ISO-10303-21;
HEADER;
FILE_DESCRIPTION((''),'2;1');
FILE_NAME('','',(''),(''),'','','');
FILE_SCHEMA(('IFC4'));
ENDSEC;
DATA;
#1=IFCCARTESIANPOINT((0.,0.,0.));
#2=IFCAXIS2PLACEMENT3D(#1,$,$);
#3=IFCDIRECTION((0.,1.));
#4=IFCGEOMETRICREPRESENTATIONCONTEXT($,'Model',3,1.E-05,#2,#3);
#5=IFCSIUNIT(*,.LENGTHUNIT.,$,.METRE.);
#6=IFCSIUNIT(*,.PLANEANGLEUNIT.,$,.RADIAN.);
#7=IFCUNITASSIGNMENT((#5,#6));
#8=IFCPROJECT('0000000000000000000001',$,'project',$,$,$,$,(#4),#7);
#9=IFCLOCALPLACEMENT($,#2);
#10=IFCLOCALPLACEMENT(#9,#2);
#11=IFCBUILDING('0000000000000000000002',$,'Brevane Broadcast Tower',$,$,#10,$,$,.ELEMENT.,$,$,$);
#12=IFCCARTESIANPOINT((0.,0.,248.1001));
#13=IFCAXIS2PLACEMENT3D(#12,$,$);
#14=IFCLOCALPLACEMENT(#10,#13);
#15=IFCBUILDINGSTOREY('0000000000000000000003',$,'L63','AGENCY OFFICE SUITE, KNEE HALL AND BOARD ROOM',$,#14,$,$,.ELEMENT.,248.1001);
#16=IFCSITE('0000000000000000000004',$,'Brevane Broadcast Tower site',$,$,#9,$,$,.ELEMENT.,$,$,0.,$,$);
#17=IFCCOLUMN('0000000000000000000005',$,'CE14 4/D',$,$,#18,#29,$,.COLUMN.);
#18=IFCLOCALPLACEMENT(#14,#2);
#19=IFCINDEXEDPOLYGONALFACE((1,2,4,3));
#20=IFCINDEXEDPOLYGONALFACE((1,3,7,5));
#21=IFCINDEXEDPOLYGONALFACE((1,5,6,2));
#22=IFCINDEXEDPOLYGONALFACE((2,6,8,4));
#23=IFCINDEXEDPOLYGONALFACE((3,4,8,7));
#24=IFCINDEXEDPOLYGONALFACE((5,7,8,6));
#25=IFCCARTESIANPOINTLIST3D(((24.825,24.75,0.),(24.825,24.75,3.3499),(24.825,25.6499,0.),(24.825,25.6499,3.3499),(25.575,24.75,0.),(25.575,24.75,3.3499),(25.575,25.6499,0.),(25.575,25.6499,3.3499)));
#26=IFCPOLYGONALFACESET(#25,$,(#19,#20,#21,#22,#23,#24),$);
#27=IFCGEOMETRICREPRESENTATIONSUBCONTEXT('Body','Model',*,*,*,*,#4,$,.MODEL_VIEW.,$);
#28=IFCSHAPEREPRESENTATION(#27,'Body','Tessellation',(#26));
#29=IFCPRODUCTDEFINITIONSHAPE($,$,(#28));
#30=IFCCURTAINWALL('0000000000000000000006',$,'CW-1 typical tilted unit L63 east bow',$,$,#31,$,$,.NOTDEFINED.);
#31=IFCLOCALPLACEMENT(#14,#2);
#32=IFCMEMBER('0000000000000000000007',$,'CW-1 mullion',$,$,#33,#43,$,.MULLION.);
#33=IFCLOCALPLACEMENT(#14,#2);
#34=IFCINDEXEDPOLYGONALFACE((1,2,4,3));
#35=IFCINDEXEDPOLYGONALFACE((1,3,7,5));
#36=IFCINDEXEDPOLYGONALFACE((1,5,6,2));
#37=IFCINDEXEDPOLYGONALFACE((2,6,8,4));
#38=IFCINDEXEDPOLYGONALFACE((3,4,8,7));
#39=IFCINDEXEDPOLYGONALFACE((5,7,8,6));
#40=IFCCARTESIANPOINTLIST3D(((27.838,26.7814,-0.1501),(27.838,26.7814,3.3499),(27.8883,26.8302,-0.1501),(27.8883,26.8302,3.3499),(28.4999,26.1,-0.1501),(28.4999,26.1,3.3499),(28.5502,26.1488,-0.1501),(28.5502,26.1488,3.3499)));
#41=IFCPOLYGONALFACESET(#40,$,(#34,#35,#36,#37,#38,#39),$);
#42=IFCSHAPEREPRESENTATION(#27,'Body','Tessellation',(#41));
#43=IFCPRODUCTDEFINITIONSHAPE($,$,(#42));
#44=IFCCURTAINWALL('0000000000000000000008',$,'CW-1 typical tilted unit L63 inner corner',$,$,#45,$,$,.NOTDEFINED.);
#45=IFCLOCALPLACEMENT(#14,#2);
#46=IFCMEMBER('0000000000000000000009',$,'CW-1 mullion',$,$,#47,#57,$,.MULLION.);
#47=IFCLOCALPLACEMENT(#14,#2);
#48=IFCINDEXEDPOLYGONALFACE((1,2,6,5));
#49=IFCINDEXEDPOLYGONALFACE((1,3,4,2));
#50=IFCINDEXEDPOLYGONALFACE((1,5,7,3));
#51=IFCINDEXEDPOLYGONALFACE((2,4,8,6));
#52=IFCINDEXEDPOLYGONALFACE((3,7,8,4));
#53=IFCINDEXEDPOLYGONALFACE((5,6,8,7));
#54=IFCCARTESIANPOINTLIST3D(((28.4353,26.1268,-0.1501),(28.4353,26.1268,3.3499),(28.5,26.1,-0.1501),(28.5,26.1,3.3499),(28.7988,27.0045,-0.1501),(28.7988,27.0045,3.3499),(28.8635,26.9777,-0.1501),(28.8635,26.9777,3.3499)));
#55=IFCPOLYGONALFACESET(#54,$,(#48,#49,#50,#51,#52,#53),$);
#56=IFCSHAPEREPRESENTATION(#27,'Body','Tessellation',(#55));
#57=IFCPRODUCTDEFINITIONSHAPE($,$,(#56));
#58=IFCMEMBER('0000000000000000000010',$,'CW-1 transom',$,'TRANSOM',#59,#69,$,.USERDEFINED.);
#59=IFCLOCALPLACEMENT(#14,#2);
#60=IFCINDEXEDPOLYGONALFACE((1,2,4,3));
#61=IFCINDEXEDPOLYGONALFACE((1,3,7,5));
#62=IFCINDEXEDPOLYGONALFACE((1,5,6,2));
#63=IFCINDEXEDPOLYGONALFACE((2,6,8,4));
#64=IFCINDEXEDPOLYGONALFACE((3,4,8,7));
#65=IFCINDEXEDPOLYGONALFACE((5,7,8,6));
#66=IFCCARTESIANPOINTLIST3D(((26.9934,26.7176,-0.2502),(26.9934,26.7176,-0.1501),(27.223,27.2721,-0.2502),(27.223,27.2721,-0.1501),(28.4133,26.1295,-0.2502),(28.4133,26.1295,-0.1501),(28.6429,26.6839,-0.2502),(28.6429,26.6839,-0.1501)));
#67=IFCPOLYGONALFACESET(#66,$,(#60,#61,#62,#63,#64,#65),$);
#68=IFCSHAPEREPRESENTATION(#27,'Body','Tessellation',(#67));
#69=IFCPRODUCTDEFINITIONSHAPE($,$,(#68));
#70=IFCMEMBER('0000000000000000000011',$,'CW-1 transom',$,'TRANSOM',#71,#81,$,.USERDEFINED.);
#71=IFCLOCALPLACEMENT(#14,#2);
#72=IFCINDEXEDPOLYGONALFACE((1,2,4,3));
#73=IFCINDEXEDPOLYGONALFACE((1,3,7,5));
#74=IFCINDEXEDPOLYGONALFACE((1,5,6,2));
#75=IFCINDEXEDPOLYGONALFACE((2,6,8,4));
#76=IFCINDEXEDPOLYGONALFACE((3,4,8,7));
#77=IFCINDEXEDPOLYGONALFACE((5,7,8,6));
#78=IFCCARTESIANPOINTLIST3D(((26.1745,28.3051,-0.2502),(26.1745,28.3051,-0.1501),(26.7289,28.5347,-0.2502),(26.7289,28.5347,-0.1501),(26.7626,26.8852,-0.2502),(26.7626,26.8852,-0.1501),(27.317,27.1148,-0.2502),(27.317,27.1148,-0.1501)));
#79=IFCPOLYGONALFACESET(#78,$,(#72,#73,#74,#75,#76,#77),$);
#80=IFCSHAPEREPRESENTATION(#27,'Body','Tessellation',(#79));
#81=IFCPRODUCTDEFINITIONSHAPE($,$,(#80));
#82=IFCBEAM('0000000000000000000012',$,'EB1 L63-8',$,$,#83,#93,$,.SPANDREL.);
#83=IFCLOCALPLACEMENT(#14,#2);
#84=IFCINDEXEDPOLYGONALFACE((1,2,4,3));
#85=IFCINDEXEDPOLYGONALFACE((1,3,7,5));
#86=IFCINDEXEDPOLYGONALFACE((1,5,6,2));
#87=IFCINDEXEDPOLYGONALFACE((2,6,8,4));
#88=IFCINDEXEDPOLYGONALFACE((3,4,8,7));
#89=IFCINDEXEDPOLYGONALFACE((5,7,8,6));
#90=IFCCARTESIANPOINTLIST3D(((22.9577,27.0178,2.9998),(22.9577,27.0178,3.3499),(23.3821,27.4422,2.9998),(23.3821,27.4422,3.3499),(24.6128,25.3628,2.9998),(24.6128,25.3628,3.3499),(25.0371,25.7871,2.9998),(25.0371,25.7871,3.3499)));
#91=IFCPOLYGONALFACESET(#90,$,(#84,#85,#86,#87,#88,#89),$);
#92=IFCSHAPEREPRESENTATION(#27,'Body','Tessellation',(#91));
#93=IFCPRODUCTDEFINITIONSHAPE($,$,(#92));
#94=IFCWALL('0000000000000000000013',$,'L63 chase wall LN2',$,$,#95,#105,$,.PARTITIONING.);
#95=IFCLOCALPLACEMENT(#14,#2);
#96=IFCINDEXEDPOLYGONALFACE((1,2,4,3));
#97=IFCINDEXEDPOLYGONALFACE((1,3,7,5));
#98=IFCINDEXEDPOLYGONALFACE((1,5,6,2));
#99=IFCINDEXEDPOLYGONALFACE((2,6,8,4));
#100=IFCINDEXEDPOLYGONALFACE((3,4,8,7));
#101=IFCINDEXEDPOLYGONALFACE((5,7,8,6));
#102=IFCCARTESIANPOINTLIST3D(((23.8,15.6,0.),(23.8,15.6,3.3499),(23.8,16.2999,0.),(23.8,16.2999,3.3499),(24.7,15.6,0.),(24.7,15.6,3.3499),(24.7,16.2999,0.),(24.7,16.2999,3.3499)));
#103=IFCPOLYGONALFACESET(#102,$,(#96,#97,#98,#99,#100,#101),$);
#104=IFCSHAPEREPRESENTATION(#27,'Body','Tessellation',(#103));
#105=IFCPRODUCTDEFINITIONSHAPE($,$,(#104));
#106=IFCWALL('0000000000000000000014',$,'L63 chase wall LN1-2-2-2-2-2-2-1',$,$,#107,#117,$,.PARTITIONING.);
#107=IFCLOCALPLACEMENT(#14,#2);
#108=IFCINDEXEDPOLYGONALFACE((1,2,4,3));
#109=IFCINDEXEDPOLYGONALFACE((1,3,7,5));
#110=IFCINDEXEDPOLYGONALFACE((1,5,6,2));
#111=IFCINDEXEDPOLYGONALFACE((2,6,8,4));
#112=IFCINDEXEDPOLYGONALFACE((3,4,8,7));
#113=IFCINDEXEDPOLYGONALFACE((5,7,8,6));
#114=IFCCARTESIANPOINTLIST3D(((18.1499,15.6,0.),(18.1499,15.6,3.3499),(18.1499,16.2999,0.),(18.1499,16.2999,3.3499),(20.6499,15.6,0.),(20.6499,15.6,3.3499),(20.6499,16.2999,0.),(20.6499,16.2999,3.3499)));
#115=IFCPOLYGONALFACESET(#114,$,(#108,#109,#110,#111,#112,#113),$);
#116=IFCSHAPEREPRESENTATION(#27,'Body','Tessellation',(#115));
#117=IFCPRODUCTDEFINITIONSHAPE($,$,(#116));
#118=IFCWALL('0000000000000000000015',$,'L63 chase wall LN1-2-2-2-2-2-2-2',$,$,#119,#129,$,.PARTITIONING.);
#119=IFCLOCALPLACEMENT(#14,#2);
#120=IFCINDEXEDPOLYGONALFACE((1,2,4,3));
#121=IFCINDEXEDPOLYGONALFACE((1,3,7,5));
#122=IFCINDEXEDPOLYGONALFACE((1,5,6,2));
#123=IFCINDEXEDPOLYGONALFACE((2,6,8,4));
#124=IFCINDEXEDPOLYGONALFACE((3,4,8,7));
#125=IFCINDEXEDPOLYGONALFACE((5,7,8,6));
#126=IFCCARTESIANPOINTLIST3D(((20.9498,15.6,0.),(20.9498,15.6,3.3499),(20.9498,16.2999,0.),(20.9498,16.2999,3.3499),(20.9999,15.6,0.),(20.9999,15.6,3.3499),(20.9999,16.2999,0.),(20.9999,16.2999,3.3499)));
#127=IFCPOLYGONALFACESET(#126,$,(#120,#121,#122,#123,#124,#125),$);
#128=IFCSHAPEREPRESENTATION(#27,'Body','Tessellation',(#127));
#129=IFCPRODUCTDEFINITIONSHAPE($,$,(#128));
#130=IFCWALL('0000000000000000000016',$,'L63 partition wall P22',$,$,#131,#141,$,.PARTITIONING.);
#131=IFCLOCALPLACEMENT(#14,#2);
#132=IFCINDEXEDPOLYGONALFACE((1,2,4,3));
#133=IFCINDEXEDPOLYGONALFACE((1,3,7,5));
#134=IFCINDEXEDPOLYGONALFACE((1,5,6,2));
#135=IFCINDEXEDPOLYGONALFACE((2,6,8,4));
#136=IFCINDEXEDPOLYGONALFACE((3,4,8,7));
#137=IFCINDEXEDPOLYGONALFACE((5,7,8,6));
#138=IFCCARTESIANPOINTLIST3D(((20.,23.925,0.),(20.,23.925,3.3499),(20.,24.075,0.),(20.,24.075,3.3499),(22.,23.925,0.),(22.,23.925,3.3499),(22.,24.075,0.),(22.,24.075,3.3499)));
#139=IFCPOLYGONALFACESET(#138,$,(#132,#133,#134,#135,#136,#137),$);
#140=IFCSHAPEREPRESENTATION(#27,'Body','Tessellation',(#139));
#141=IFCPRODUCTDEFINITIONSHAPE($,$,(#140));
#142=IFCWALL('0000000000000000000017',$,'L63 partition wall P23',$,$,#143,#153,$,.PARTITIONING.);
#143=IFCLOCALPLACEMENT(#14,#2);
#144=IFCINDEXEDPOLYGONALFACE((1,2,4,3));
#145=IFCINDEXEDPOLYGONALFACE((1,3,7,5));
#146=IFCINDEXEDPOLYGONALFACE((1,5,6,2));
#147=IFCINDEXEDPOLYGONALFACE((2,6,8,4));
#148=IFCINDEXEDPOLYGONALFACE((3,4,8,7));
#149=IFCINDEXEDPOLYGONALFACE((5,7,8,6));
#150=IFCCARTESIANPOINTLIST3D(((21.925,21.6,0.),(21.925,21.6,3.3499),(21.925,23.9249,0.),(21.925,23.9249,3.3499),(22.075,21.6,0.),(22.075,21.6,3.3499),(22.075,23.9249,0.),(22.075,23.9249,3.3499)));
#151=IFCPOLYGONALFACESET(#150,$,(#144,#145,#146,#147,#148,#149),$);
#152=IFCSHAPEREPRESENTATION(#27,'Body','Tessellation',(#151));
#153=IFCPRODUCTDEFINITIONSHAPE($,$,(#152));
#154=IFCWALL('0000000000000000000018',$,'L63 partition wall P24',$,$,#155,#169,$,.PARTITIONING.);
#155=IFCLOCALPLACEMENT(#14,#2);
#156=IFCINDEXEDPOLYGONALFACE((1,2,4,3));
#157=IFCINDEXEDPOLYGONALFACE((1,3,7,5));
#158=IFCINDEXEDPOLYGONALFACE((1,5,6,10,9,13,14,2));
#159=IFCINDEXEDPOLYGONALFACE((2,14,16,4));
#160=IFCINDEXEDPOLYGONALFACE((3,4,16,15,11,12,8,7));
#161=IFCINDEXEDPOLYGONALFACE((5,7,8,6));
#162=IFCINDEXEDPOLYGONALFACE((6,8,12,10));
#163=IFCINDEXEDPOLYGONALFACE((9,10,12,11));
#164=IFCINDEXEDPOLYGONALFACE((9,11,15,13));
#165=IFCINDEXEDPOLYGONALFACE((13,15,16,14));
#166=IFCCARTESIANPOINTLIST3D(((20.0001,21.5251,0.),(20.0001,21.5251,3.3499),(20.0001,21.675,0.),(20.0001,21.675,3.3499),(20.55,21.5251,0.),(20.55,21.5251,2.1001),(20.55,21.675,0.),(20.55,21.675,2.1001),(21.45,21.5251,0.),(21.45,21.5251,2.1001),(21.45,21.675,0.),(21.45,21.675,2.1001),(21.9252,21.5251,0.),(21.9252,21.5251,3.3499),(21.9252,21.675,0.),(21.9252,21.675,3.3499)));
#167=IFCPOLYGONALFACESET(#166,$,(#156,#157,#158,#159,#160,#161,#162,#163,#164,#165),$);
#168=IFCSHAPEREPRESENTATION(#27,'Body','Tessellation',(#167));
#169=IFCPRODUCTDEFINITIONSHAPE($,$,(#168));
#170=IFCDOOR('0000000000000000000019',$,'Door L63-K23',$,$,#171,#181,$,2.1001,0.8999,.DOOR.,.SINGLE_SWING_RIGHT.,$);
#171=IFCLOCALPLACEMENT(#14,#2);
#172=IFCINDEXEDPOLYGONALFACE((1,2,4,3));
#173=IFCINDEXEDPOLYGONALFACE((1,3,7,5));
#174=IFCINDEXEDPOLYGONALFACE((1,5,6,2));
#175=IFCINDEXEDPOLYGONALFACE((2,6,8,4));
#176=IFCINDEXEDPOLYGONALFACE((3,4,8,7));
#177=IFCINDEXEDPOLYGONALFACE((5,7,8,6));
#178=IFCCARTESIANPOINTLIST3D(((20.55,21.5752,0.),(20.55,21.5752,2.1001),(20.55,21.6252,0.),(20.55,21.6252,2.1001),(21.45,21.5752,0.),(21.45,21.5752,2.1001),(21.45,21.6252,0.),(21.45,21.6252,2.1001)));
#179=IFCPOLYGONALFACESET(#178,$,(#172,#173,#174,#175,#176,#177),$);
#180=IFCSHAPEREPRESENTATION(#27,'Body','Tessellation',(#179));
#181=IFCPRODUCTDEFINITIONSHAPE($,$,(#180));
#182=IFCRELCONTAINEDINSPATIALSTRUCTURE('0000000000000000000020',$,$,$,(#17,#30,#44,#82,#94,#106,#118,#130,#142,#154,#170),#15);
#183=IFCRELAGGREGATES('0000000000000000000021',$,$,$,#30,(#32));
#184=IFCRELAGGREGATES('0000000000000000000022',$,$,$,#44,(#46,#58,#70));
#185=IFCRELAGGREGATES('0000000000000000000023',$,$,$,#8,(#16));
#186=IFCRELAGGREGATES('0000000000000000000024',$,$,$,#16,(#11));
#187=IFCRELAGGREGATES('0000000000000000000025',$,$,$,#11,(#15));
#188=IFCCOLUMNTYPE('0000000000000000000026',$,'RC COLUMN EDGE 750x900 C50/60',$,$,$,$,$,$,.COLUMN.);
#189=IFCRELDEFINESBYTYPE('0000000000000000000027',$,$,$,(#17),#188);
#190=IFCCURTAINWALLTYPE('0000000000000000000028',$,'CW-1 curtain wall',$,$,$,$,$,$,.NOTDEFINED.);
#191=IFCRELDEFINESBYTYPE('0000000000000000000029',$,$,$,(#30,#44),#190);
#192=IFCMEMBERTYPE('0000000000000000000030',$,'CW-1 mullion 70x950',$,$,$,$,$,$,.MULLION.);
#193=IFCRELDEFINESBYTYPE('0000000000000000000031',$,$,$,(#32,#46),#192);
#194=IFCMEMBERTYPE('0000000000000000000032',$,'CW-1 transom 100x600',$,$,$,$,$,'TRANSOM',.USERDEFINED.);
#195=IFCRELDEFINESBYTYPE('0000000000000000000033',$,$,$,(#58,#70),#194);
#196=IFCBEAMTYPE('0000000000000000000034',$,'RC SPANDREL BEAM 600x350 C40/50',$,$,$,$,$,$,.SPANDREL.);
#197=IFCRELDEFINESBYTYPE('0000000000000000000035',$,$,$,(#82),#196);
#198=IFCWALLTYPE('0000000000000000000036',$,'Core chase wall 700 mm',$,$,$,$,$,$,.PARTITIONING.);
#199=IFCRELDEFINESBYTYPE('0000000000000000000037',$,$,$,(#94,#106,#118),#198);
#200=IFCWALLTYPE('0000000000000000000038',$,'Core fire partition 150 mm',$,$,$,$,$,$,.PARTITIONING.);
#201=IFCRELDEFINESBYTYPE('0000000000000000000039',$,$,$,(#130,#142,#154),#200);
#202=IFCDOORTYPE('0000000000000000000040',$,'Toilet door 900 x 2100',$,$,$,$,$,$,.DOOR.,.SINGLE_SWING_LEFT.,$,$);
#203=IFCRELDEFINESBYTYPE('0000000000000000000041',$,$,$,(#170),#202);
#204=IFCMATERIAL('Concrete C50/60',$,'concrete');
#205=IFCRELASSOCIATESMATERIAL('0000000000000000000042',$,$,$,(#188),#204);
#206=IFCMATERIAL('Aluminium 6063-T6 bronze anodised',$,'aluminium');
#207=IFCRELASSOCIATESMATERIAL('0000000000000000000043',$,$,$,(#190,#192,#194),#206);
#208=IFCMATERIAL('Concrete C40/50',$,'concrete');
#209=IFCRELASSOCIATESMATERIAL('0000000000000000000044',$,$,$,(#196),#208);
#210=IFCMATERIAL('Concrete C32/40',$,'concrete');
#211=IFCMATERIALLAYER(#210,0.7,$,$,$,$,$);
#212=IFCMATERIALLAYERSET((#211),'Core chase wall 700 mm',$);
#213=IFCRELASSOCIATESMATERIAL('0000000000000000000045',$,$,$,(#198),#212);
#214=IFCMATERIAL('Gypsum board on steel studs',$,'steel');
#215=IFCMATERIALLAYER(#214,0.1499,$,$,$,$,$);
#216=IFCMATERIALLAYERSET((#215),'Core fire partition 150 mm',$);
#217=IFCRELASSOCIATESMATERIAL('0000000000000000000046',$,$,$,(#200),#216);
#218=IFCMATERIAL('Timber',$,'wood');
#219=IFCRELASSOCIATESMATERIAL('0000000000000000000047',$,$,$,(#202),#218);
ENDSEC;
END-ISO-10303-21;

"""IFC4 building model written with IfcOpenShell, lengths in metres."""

from ifc_helpers import new_model, si_unit, direction, frame, frame_2d, origin, origin_2d, place, context, subcontext, project, spatial, rectangle, extrude, material, layer, layer_set, material_profile, profile_set, type_object, element, fill, aggregate, save


model = new_model("IFC4")

# Units and contexts
model_context = context("Model", 3, precision=1e-05, world=origin(), true_north=direction((0.0, 1.0)))
body_context = subcontext(model_context, "Body", "Model", "MODEL_VIEW")
ifc_project = project(units=[si_unit("LENGTHUNIT", "METRE"), si_unit("PLANEANGLEUNIT", "RADIAN")], contexts=[model_context])

# Site, building, storey
site_placement = place(None, origin())
site = spatial("IfcSite", under=ifc_project, at=site_placement, Name="Brevane Broadcast Tower site", CompositionType="ELEMENT", RefElevation=0.0)
building_placement = place(site_placement, origin())
building = spatial("IfcBuilding", under=site, at=building_placement, Name="Brevane Broadcast Tower", CompositionType="ELEMENT")
storey_placement = place(building_placement, frame((0.0, 0.0, 248.1001)))
storey = spatial("IfcBuildingStorey", under=building, at=storey_placement, Name="L63", Description="AGENCY OFFICE SUITE, KNEE HALL AND BOARD ROOM", CompositionType="ELEMENT", Elevation=248.1001)

# Column
ifc_material_1 = material(Name="Concrete C50/60", Category="concrete")
ifc_material_profile_1 = material_profile(ifc_material_1, rectangle(XDim=0.75, YDim=0.8999, at=origin_2d()), Name="RC 750x900")
ifc_profile_set_1 = profile_set([ifc_material_profile_1], Name="Concrete C50/60")
column_type = type_object("IfcColumnType", Name="RC COLUMN EDGE 750x900 C50/60", PredefinedType="COLUMN", material=ifc_profile_set_1)
column_placement = place(storey_placement, frame((25.2, 25.2, 0.0), z_axis=(0.0, 0.0, 1.0), x_axis=(1.0, 0.0, 0.0)))
element("IfcColumn", 1, at=column_placement, inside=storey, type_object=column_type, Name="CE14 4/D", PredefinedType="COLUMN", context=body_context, shape_type="SweptSolid", body=[
    extrude(rectangle(XDim=0.75, YDim=0.8999, at=origin_2d()), origin(), (0.0, 0.0, 1.0), 3.3499),
])

# Curtain wall, member
ifc_material_2 = material(Name="Aluminium 6063-T6 bronze anodised", Category="aluminium")
curtain_wall_type = type_object("IfcCurtainWallType", Name="CW-1 curtain wall", PredefinedType="NOTDEFINED", material=ifc_material_2)
curtain_wall_1_placement = place(storey_placement, origin())
curtain_wall_1 = element("IfcCurtainWall", 2, at=curtain_wall_1_placement, inside=storey, type_object=curtain_wall_type, Name="CW-1 typical tilted unit L63 east bow", PredefinedType="NOTDEFINED")
ifc_material_profile_2 = material_profile(ifc_material_2, rectangle(XDim=0.95, YDim=0.0701, at=origin_2d()), Name="RECT 70x950")
ifc_profile_set_2 = profile_set([ifc_material_profile_2], Name="Aluminium 6063-T6 bronze anodised")
member_type_1 = type_object("IfcMemberType", Name="CW-1 mullion 70x950", PredefinedType="MULLION", material=ifc_profile_set_2)
member_1_placement = place(storey_placement, frame((28.1941, 26.4651, -0.1501), z_axis=(0.0, 0.0, 1.0), x_axis=(0.696812, -0.717254, 0.0)))
member_1 = element("IfcMember", 3, at=member_1_placement, type_object=member_type_1, Name="CW-1 mullion", PredefinedType="MULLION", context=body_context, shape_type="SweptSolid", body=[
    extrude(rectangle(XDim=0.95, YDim=0.0701, at=origin_2d()), origin(), (0.0, 0.0, 1.0), 3.5),
])
aggregate(curtain_wall_1, [member_1])

# Curtain wall, members
curtain_wall_2_placement = place(storey_placement, origin())
curtain_wall_2 = element("IfcCurtainWall", 4, at=curtain_wall_2_placement, inside=storey, type_object=curtain_wall_type, Name="CW-1 typical tilted unit L63 inner corner", PredefinedType="NOTDEFINED")
member_2_placement = place(storey_placement, frame((28.6494, 26.5522, -0.1501), z_axis=(0.0, 0.0, 1.0), x_axis=(-0.382683, -0.92388, 0.0)))
member_2 = element("IfcMember", 5, at=member_2_placement, type_object=member_type_1, Name="CW-1 mullion", PredefinedType="MULLION", context=body_context, shape_type="SweptSolid", body=[
    extrude(rectangle(XDim=0.95, YDim=0.0701, at=origin_2d()), origin(), (0.0, 0.0, 1.0), 3.5),
])
ifc_material_profile_3 = material_profile(ifc_material_2, rectangle(XDim=0.6001, YDim=0.1001, at=origin_2d()), Name="RECT 100x600")
ifc_profile_set_3 = profile_set([ifc_material_profile_3], Name="Aluminium 6063-T6 bronze anodised")
member_type_2 = type_object("IfcMemberType", Name="CW-1 transom 100x600", ElementType="TRANSOM", PredefinedType="USERDEFINED", material=ifc_profile_set_3)
member_3_placement = place(storey_placement, frame((28.5281, 26.4067, -0.2002), z_axis=(-0.923883, 0.382674, 0.0), x_axis=(-0.382674, -0.923883, 0.0)))
member_3 = element("IfcMember", 6, at=member_3_placement, type_object=member_type_2, Name="CW-1 transom", ObjectType="TRANSOM", PredefinedType="USERDEFINED", context=body_context, shape_type="SweptSolid", body=[
    extrude(rectangle(XDim=0.6001, YDim=0.1001, at=origin_2d()), origin(), (0.0, 0.0, 1.0), 1.5369),
])
member_4_placement = place(storey_placement, frame((27.0398, 27.0, -0.2002), z_axis=(-0.382674, 0.923883, 0.0), x_axis=(-0.923883, -0.382674, 0.0)))
member_4 = element("IfcMember", 7, at=member_4_placement, type_object=member_type_2, Name="CW-1 transom", ObjectType="TRANSOM", PredefinedType="USERDEFINED", context=body_context, shape_type="SweptSolid", body=[
    extrude(rectangle(XDim=0.6001, YDim=0.1001, at=origin_2d()), origin(), (0.0, 0.0, 1.0), 1.5369),
])
aggregate(curtain_wall_2, [member_2, member_3, member_4])

# Beam
ifc_material_3 = material(Name="Concrete C40/50", Category="concrete")
ifc_material_profile_4 = material_profile(ifc_material_3, rectangle(XDim=0.6001, YDim=0.3501, at=origin_2d()), Name="RC 600x350")
ifc_profile_set_4 = profile_set([ifc_material_profile_4], Name="Concrete C40/50")
beam_type = type_object("IfcBeamType", Name="RC SPANDREL BEAM 600x350 C40/50", PredefinedType="SPANDREL", material=ifc_profile_set_4)
beam_placement = place(storey_placement, frame((24.825, 25.575, 3.1748), z_axis=(-0.707107, 0.707107, 0.0), x_axis=(-0.707107, -0.707107, 0.0)))
element("IfcBeam", 8, at=beam_placement, inside=storey, type_object=beam_type, Name="EB1 L63-8", PredefinedType="SPANDREL", context=body_context, shape_type="SweptSolid", body=[
    extrude(rectangle(XDim=0.6001, YDim=0.3501, at=origin_2d()), origin(), (0.0, 0.0, 1.0), 2.3406),
])

# Walls
ifc_material_4 = material(Name="Concrete C32/40", Category="concrete")
ifc_layer_1 = layer(ifc_material_4, 0.7)
ifc_layer_set_1 = layer_set([ifc_layer_1], Name="Core chase wall 700 mm")
wall_type_1 = type_object("IfcWallType", Name="Core chase wall 700 mm", PredefinedType="PARTITIONING", material=ifc_layer_set_1)
wall_1_placement = place(storey_placement, frame((23.8, 15.95, 0.0), z_axis=(0.0, 0.0, 1.0), x_axis=(1.0, 0.0, 0.0)))
element("IfcWall", 9, at=wall_1_placement, inside=storey, type_object=wall_type_1, Name="L63 chase wall LN2", PredefinedType="PARTITIONING", context=body_context, shape_type="SweptSolid", body=[
    extrude(rectangle(XDim=0.8999, YDim=0.7, at=frame_2d((0.45, 0.0))), origin(), (0.0, 0.0, 1.0), 3.3499),
])
wall_2_placement = place(storey_placement, frame((18.1499, 15.95, 0.0), z_axis=(0.0, 0.0, 1.0), x_axis=(1.0, 0.0, 0.0)))
element("IfcWall", 10, at=wall_2_placement, inside=storey, type_object=wall_type_1, Name="L63 chase wall LN1-2-2-2-2-2-2-1", PredefinedType="PARTITIONING", context=body_context, shape_type="SweptSolid", body=[
    extrude(rectangle(XDim=2.5, YDim=0.7, at=frame_2d((1.25, 0.0))), origin(), (0.0, 0.0, 1.0), 3.3499),
])
wall_3_placement = place(storey_placement, frame((20.95, 15.95, 0.0), z_axis=(0.0, 0.0, 1.0), x_axis=(1.0, 0.0, 0.0)))
element("IfcWall", 11, at=wall_3_placement, inside=storey, type_object=wall_type_1, Name="L63 chase wall LN1-2-2-2-2-2-2-2", PredefinedType="PARTITIONING", context=body_context, shape_type="SweptSolid", body=[
    extrude(rectangle(XDim=0.05, YDim=0.7, at=frame_2d((0.0249, 0.0))), origin(), (0.0, 0.0, 1.0), 3.3499),
])
ifc_material_5 = material(Name="Gypsum board on steel studs", Category="steel")
ifc_layer_2 = layer(ifc_material_5, 0.1499)
ifc_layer_set_2 = layer_set([ifc_layer_2], Name="Core fire partition 150 mm")
wall_type_2 = type_object("IfcWallType", Name="Core fire partition 150 mm", PredefinedType="PARTITIONING", material=ifc_layer_set_2)
wall_4_placement = place(storey_placement, frame((20.0, 24.0, 0.0), z_axis=(0.0, 0.0, 1.0), x_axis=(1.0, 0.0, 0.0)))
element("IfcWall", 12, at=wall_4_placement, inside=storey, type_object=wall_type_2, Name="L63 partition wall P22", PredefinedType="PARTITIONING", context=body_context, shape_type="SweptSolid", body=[
    extrude(rectangle(XDim=2.0, YDim=0.1499, at=frame_2d((1.0, 0.0))), origin(), (0.0, 0.0, 1.0), 3.3499),
])
wall_5_placement = place(storey_placement, frame((22.0, 23.925, 0.0), z_axis=(0.0, 0.0, 1.0), x_axis=(0.0, -1.0, 0.0)))
element("IfcWall", 13, at=wall_5_placement, inside=storey, type_object=wall_type_2, Name="L63 partition wall P23", PredefinedType="PARTITIONING", context=body_context, shape_type="SweptSolid", body=[
    extrude(rectangle(XDim=2.325, YDim=0.1499, at=frame_2d((1.1626, 0.0))), origin(), (0.0, 0.0, 1.0), 3.3499),
])

# Wall, opening, door
wall_6_placement = place(storey_placement, frame((21.925, 21.6001, 0.0), z_axis=(0.0, 0.0, 1.0), x_axis=(-1.0, 0.0, 0.0)))
wall_6 = element("IfcWall", 14, at=wall_6_placement, inside=storey, type_object=wall_type_2, Name="L63 partition wall P24", PredefinedType="PARTITIONING", context=body_context, shape_type="SweptSolid", body=[
    extrude(rectangle(XDim=1.925, YDim=0.1499, at=frame_2d((0.9624, 0.0))), origin(), (0.0, 0.0, 1.0), 3.3499),
])
opening_1_placement = place(wall_6_placement, frame((0.4751, 0.0, 0.0)))
opening_1 = element("IfcOpeningElement", 15, at=opening_1_placement, cuts=wall_6, PredefinedType="OPENING", context=body_context, shape_type="SweptSolid", body=[
    extrude(rectangle(XDim=0.8999, YDim=2.1001, at=frame_2d((0.45, 1.05))), frame((0.0, 0.085, 0.0), z_axis=(0.0, -1.0, 0.0), x_axis=(1.0, 0.0, 0.0)), (0.0, 0.0, 1.0), 0.1699),
])
ifc_material_6 = material(Name="Timber", Category="wood")
door_type_1 = type_object("IfcDoorType", Name="Toilet door 900 x 2100", OperationType="SINGLE_SWING_LEFT", PredefinedType="DOOR", material=ifc_material_6)
door_1_placement = place(opening_1_placement, origin())
door_1 = element("IfcDoor", 16, at=door_1_placement, inside=storey, type_object=door_type_1, Name="Door L63-K23", OperationType="SINGLE_SWING_RIGHT", OverallHeight=2.1001, OverallWidth=0.8999, PredefinedType="DOOR", context=body_context, shape_type="SweptSolid", body=[
    extrude(rectangle(XDim=0.8999, YDim=2.1001, at=frame_2d((0.45, 1.05))), frame((0.0, 0.0249, 0.0), z_axis=(0.0, -1.0, 0.0), x_axis=(1.0, 0.0, 0.0)), (0.0, 0.0, 1.0), 0.05),
])
fill(opening_1, door_1)

save(model, "model.ifc")
